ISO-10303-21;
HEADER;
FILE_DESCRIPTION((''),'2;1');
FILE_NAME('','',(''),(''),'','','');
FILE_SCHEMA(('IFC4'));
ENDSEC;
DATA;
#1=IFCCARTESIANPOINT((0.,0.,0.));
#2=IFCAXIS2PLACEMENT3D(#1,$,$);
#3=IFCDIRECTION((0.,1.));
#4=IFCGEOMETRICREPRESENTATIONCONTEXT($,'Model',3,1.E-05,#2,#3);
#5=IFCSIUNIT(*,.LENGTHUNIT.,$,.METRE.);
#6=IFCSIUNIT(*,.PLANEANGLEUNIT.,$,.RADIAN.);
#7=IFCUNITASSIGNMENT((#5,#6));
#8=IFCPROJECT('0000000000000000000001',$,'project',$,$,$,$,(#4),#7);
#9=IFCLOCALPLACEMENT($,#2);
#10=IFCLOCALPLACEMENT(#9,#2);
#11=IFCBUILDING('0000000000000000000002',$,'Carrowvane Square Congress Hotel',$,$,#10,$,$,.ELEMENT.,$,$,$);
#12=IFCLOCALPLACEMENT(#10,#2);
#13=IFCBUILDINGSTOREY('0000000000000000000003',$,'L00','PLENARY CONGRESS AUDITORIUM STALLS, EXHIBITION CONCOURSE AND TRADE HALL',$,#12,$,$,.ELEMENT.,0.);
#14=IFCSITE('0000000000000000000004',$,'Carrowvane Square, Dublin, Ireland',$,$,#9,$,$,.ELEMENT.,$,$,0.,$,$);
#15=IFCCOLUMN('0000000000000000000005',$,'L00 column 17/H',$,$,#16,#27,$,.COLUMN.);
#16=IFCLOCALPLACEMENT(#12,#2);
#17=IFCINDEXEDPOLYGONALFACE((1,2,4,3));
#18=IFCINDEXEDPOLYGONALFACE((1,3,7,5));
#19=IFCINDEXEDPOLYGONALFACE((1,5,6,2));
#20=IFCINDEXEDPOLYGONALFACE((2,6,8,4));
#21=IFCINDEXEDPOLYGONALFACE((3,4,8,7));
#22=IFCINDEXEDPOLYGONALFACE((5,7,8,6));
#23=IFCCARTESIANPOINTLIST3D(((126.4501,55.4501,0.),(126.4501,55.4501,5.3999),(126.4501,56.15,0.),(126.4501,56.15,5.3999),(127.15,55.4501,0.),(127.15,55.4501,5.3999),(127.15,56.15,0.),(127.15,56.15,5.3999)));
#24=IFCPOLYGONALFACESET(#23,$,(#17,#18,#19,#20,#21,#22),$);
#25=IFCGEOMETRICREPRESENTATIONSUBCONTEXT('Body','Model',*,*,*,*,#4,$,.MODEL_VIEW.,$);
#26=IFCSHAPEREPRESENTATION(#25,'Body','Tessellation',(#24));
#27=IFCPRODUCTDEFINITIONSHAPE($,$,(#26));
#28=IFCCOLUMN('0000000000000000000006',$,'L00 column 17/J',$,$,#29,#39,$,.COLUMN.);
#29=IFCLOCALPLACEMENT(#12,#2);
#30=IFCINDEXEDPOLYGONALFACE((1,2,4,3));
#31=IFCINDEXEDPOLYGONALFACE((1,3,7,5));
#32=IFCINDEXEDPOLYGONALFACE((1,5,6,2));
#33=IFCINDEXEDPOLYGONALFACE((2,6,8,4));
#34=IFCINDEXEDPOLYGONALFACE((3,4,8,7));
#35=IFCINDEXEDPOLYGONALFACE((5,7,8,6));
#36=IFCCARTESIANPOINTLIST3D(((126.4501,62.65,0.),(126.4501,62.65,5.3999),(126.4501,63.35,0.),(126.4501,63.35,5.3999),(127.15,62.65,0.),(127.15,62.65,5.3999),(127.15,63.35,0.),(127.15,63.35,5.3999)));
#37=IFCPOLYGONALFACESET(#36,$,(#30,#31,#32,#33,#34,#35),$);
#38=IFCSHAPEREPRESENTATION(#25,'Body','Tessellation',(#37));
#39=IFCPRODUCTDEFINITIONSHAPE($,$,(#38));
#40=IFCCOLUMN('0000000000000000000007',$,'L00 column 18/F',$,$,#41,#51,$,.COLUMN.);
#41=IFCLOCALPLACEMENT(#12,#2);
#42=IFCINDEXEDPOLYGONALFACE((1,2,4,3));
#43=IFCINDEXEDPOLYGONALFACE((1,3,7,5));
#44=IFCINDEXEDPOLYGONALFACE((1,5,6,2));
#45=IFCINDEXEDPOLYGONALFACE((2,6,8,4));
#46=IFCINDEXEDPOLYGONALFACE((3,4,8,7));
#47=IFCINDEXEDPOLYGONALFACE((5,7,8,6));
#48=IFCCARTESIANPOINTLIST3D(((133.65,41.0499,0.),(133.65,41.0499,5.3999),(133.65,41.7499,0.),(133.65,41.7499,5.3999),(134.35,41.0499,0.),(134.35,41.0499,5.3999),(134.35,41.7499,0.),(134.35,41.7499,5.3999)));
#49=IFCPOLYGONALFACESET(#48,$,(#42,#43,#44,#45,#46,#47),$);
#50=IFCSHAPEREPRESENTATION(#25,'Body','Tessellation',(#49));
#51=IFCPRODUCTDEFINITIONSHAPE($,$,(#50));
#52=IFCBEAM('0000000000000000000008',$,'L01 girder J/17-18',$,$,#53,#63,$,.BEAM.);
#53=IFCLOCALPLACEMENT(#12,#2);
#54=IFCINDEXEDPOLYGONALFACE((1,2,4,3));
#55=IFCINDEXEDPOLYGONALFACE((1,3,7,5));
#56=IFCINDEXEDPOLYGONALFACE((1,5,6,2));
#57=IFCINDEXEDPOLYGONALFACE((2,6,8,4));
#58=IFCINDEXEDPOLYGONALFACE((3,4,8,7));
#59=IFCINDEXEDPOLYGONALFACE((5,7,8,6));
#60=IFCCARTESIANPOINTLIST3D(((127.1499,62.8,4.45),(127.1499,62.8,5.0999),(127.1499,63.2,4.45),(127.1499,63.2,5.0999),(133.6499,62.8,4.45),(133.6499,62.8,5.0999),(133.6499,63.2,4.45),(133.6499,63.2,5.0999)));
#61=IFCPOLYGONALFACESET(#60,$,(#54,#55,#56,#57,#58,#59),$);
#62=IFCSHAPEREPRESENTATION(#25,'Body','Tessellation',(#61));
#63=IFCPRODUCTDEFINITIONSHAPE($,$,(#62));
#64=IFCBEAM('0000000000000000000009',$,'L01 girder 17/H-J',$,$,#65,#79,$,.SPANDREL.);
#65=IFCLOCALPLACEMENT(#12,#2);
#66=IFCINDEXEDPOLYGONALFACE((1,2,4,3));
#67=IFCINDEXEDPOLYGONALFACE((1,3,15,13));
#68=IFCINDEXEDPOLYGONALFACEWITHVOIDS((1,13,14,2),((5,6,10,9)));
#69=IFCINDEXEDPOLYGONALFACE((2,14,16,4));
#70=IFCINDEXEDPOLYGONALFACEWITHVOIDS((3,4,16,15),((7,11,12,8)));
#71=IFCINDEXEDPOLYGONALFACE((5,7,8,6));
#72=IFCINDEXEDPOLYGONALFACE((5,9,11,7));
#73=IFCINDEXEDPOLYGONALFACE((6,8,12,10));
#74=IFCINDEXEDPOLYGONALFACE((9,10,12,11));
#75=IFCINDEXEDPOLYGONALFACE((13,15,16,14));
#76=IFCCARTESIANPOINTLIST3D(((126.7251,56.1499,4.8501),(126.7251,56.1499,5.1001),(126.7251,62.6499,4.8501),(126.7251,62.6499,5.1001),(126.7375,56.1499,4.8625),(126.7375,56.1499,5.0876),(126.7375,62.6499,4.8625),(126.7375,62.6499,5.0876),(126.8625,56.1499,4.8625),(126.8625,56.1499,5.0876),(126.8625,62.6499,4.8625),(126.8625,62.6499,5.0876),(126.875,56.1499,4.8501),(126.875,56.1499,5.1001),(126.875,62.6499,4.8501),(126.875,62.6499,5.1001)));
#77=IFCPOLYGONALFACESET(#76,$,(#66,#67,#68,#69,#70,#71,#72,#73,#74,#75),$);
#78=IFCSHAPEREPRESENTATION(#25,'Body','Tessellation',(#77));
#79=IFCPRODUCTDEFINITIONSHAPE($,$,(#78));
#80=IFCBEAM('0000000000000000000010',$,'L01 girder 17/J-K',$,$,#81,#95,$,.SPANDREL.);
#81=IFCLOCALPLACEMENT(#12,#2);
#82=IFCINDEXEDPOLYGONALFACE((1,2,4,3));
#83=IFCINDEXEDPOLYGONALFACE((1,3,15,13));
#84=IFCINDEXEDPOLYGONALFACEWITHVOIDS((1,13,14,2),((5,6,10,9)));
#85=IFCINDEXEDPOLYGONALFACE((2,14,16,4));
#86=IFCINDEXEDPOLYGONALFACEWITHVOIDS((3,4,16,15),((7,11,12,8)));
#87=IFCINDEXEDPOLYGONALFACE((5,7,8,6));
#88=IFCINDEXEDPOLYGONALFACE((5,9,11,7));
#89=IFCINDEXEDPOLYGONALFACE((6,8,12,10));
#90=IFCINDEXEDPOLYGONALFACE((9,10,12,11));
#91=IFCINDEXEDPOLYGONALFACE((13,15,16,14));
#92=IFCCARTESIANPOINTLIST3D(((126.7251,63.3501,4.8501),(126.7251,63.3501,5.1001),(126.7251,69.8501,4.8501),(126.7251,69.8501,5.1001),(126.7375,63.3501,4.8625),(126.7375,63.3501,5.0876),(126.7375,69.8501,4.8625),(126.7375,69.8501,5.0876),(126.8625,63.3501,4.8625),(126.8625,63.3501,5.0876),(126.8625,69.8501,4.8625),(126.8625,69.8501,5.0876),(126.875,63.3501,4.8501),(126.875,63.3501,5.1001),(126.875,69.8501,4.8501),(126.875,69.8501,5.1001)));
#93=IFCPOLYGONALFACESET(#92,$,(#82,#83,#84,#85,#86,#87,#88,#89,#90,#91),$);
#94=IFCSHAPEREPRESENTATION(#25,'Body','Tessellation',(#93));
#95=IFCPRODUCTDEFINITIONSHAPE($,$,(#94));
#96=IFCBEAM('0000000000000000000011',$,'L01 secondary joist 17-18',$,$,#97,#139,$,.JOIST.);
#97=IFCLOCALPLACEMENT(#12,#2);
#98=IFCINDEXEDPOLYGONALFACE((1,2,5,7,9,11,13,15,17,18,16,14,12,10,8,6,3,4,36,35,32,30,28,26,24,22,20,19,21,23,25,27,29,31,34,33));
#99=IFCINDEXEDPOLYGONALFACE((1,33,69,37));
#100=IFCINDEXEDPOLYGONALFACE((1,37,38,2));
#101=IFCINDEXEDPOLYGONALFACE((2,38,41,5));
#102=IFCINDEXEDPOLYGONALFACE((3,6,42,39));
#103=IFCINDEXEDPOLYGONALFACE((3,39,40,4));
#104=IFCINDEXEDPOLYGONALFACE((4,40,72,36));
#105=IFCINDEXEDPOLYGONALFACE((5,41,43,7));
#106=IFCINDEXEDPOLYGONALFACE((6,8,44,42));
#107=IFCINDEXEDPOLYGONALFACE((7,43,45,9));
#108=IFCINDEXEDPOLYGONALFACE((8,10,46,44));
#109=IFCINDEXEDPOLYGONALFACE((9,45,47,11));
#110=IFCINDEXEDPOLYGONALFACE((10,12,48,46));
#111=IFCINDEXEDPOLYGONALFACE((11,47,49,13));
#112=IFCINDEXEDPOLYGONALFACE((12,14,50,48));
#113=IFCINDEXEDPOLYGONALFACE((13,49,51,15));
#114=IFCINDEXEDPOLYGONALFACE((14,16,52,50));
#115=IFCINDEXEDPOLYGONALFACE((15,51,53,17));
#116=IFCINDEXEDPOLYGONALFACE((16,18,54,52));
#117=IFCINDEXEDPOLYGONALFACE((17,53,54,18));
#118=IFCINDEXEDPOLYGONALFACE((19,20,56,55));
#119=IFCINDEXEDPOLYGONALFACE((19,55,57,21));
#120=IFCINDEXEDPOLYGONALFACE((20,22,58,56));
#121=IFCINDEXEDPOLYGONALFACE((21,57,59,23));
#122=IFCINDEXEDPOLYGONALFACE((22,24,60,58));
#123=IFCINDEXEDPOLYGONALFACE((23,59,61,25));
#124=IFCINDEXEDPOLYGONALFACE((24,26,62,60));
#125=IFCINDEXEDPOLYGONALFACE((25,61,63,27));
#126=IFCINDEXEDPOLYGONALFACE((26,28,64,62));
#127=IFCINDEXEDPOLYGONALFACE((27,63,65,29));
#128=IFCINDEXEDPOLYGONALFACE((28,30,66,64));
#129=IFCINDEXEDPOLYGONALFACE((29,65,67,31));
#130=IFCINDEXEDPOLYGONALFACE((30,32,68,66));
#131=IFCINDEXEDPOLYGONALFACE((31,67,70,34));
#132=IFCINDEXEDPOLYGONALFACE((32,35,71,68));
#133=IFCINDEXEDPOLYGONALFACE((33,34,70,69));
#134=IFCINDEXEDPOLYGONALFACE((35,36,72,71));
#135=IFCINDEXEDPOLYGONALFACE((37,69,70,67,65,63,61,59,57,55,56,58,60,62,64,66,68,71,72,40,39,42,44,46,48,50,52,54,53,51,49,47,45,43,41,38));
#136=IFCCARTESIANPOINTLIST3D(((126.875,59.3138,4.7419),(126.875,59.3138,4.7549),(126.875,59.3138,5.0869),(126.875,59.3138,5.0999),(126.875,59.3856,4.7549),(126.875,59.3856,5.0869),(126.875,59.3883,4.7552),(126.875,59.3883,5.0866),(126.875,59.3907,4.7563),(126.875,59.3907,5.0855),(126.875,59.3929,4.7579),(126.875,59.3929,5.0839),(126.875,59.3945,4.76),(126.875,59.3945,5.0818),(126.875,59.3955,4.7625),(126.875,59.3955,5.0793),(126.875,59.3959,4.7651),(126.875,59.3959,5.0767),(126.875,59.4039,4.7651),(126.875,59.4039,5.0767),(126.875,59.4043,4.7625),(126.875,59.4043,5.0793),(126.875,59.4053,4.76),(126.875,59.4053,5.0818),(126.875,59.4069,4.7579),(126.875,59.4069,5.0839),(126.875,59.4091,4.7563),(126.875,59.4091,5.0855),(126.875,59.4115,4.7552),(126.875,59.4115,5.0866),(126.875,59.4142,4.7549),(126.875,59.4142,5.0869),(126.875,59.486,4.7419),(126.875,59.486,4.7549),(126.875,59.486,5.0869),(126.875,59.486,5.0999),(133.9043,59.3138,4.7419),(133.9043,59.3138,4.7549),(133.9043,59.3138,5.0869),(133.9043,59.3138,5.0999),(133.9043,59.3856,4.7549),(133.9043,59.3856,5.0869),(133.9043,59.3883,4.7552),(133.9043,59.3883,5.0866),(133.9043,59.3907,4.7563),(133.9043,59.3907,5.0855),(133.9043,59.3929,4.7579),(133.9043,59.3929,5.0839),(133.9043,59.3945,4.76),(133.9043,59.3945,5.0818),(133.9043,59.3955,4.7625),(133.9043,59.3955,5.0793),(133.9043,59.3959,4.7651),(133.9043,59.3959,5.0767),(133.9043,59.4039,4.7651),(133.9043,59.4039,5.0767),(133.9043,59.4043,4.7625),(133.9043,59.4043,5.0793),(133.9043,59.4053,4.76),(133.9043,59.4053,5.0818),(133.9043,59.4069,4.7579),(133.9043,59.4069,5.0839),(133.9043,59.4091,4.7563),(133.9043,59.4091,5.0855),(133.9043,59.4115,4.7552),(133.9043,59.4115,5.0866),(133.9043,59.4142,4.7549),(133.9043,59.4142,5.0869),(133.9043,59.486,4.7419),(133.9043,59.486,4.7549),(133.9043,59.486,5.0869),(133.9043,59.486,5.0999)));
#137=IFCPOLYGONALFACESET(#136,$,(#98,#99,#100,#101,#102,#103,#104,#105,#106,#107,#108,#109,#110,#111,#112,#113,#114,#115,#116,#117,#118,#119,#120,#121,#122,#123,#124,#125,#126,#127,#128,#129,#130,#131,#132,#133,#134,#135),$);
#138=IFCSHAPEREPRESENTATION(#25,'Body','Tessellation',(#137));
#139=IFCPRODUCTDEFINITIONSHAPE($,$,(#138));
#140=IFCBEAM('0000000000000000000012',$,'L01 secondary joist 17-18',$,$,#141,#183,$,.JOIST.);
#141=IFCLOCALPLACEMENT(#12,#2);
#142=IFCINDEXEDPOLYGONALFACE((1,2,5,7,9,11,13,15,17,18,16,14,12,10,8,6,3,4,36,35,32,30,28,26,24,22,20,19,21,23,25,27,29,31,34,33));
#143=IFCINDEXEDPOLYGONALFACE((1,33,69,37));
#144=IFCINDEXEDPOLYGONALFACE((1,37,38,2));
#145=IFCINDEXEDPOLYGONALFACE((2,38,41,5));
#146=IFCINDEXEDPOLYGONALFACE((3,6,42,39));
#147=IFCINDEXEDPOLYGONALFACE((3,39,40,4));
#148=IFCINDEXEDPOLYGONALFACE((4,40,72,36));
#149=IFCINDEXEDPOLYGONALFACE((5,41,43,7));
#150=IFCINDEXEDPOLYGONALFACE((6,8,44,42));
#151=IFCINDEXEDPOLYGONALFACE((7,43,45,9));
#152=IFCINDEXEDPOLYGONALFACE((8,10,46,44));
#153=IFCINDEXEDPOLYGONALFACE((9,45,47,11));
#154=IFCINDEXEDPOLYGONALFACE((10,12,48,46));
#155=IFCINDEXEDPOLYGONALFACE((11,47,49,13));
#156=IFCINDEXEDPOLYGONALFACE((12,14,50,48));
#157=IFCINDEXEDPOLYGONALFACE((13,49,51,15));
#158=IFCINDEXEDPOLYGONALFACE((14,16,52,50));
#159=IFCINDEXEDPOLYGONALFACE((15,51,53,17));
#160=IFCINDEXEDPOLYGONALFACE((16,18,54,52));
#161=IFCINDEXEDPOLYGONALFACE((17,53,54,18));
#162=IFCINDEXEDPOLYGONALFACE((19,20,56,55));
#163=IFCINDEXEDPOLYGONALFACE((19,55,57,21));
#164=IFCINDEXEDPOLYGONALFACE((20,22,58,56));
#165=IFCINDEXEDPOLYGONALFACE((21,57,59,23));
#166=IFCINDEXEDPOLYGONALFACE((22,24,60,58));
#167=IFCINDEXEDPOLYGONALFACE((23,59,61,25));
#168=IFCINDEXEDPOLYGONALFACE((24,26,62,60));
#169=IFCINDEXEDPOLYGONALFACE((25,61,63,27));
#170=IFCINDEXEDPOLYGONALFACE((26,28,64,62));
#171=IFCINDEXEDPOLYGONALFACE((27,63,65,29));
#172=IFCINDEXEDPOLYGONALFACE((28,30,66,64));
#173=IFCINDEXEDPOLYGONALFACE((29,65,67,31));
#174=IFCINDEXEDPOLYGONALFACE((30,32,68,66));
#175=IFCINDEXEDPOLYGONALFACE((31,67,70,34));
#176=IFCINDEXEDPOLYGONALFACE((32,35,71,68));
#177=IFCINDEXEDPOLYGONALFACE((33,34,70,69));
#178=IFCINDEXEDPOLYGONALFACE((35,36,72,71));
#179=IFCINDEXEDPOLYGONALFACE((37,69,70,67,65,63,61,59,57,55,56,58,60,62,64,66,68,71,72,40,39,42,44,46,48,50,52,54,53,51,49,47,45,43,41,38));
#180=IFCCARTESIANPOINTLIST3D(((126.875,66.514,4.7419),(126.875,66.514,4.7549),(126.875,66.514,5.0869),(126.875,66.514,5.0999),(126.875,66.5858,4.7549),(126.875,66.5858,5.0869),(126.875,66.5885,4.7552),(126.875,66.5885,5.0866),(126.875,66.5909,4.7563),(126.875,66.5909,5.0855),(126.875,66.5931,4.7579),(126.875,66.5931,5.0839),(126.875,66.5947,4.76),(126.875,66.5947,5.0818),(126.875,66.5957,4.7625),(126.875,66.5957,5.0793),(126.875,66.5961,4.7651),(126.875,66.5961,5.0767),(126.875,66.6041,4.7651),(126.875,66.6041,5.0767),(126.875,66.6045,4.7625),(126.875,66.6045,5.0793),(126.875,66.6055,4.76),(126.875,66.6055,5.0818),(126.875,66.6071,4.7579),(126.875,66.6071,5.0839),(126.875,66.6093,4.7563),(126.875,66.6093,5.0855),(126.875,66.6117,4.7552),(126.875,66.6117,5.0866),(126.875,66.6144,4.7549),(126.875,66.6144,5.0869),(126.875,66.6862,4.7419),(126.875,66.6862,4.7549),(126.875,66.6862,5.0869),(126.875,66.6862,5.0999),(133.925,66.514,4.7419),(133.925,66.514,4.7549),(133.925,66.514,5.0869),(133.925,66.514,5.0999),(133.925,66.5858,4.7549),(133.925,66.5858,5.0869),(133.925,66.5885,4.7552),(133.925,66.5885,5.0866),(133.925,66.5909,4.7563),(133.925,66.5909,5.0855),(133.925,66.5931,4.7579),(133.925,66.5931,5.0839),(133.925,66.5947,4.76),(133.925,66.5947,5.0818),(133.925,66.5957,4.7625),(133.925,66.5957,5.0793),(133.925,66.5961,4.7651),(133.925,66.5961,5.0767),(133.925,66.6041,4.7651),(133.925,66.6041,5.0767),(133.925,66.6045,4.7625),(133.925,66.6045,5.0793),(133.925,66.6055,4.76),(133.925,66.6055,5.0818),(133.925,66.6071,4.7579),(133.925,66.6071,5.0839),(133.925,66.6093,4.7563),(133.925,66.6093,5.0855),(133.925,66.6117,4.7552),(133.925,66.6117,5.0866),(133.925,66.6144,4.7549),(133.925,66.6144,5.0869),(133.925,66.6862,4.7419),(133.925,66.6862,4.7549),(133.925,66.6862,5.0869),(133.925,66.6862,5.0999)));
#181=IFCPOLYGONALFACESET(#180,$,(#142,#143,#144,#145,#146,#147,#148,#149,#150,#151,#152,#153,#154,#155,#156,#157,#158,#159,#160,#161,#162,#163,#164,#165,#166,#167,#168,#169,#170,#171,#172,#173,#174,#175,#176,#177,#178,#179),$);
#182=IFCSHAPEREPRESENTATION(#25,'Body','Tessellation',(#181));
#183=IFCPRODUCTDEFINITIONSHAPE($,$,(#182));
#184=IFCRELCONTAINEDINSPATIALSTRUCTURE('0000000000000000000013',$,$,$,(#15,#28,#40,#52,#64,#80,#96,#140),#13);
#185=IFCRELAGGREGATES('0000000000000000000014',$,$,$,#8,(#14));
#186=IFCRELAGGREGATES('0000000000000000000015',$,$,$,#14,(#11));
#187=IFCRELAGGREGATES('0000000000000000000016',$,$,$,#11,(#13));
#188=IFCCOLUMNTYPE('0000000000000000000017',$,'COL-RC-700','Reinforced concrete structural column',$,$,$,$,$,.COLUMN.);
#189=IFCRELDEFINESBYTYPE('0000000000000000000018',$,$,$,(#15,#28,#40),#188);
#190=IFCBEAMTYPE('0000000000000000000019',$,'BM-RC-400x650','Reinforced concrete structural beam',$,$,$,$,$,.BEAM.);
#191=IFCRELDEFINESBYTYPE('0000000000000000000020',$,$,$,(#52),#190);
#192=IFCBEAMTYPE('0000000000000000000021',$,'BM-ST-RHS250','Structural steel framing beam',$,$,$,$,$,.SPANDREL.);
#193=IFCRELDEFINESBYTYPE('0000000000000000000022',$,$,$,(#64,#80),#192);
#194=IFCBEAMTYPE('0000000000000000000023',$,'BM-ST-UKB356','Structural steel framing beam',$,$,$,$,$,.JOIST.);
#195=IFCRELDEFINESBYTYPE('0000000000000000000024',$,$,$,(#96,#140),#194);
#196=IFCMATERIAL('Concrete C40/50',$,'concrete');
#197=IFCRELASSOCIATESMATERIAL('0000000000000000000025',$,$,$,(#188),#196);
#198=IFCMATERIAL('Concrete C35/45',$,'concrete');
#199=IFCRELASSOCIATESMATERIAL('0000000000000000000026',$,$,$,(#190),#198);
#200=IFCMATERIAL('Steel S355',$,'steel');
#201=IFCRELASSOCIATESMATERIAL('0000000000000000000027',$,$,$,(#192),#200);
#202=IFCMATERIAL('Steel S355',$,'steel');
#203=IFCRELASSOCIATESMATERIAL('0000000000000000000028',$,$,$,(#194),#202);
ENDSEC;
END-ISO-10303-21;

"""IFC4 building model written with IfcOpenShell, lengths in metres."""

from ifc_helpers import new_model, si_unit, direction, frame, origin, origin_2d, place, context, subcontext, project, spatial, rectangle, hollow_rectangle, i_section, extrude, material, material_profile, profile_set, type_object, element, save


model = new_model("IFC4")

# Units and contexts
model_context = context("Model", 3, precision=1e-05, world=origin(), true_north=direction((0.0, 1.0)))
body_context = subcontext(model_context, "Body", "Model", "MODEL_VIEW")
ifc_project = project(units=[si_unit("LENGTHUNIT", "METRE"), si_unit("PLANEANGLEUNIT", "RADIAN")], contexts=[model_context])

# Site, building, storey
site_placement = place(None, origin())
site = spatial("IfcSite", under=ifc_project, at=site_placement, Name="Carrowvane Square, Dublin, Ireland", CompositionType="ELEMENT", RefElevation=0.0)
building_placement = place(site_placement, origin())
building = spatial("IfcBuilding", under=site, at=building_placement, Name="Carrowvane Square Congress Hotel", CompositionType="ELEMENT")
storey_placement = place(building_placement, origin())
storey = spatial("IfcBuildingStorey", under=building, at=storey_placement, Name="L00", Description="PLENARY CONGRESS AUDITORIUM STALLS, EXHIBITION CONCOURSE AND TRADE HALL", CompositionType="ELEMENT", Elevation=0.0)

# Columns
ifc_material_1 = material(Name="Concrete C40/50", Category="concrete")
ifc_material_profile_1 = material_profile(ifc_material_1, rectangle(XDim=0.7, YDim=0.7, at=origin_2d()), Name="RC 700x700")
ifc_profile_set_1 = profile_set([ifc_material_profile_1], Name="Concrete C40/50")
column_type = type_object("IfcColumnType", Name="COL-RC-700", Description="Reinforced concrete structural column", PredefinedType="COLUMN", material=ifc_profile_set_1)
for number, where, z_axis, x_axis, name in (
    (1, (126.8, 55.8, 0.0), (0.0, 0.0, 1.0), (1.0, 0.0, 0.0), "L00 column 17/H"),
    (2, (126.8, 63.0, 0.0), (0.0, 0.0, 1.0), (1.0, 0.0, 0.0), "L00 column 17/J"),
    (3, (134.0, 41.3999, 0.0), (0.0, 0.0, 1.0), (1.0, 0.0, 0.0), "L00 column 18/F"),
):
    element("IfcColumn", number, at=place(storey_placement, frame(where, z_axis=z_axis, x_axis=x_axis)), inside=storey, type_object=column_type, Name=name, PredefinedType="COLUMN", context=body_context, shape_type="SweptSolid", body=[
        extrude(rectangle(XDim=0.7, YDim=0.7, at=origin_2d()), origin(), (0.0, 0.0, 1.0), 5.3999),
    ])

# Beams
ifc_material_2 = material(Name="Concrete C35/45", Category="concrete")
ifc_material_profile_2 = material_profile(ifc_material_2, rectangle(XDim=0.3999, YDim=0.6499, at=origin_2d()), Name="RC 400x650")
ifc_profile_set_2 = profile_set([ifc_material_profile_2], Name="Concrete C35/45")
beam_type_1 = type_object("IfcBeamType", Name="BM-RC-400x650", Description="Reinforced concrete structural beam", PredefinedType="BEAM", material=ifc_profile_set_2)
beam_1_placement = place(storey_placement, frame((127.1499, 63.0, 4.7749), z_axis=(1.0, 0.0, 0.0), x_axis=(0.0, 1.0, 0.0)))
element("IfcBeam", 4, at=beam_1_placement, inside=storey, type_object=beam_type_1, Name="L01 girder J/17-18", PredefinedType="BEAM", context=body_context, shape_type="SweptSolid", body=[
    extrude(rectangle(XDim=0.3999, YDim=0.6499, at=origin_2d()), origin(), (0.0, 0.0, 1.0), 6.5),
])
ifc_material_3 = material(Name="Steel S355", Category="steel")
ifc_material_profile_3 = material_profile(ifc_material_3, hollow_rectangle(XDim=0.1499, YDim=0.25, WallThickness=0.0125, at=origin_2d()), Name="RHS 250x150x12.5")
ifc_profile_set_3 = profile_set([ifc_material_profile_3], Name="Steel S355")
beam_type_2 = type_object("IfcBeamType", Name="BM-ST-RHS250", Description="Structural steel framing beam", PredefinedType="SPANDREL", material=ifc_profile_set_3)
for number, where, z_axis, x_axis, name in (
    (5, (126.8, 56.1499, 4.9751), (0.0, 1.0, 0.0), (-1.0, 0.0, 0.0), "L01 girder 17/H-J"),
    (6, (126.8, 63.3501, 4.9751), (0.0, 1.0, 0.0), (-1.0, 0.0, 0.0), "L01 girder 17/J-K"),
):
    element("IfcBeam", number, at=place(storey_placement, frame(where, z_axis=z_axis, x_axis=x_axis)), inside=storey, type_object=beam_type_2, Name=name, PredefinedType="SPANDREL", context=body_context, shape_type="SweptSolid", body=[
        extrude(hollow_rectangle(XDim=0.1499, YDim=0.25, WallThickness=0.0125, at=origin_2d()), origin(), (0.0, 0.0, 1.0), 6.5),
    ])
ifc_material_4 = material(Name="Steel S355", Category="steel")
ifc_material_profile_4 = material_profile(ifc_material_4, i_section(OverallWidth=0.1721, OverallDepth=0.3579, WebThickness=0.0081, FlangeThickness=0.0129, FilletRadius=0.0103, at=origin_2d()), Name="UKB 356x171x57")
ifc_profile_set_4 = profile_set([ifc_material_profile_4], Name="Steel S355")
beam_type_3 = type_object("IfcBeamType", Name="BM-ST-UKB356", Description="Structural steel framing beam", PredefinedType="JOIST", material=ifc_profile_set_4)
beam_2_placement = place(storey_placement, frame((126.875, 59.3999, 4.9209), z_axis=(1.0, 0.0, 0.0), x_axis=(0.0, 1.0, 0.0)))
element("IfcBeam", 7, at=beam_2_placement, inside=storey, type_object=beam_type_3, Name="L01 secondary joist 17-18", PredefinedType="JOIST", context=body_context, shape_type="SweptSolid", body=[
    extrude(i_section(OverallWidth=0.1721, OverallDepth=0.3579, WebThickness=0.0081, FlangeThickness=0.0129, FilletRadius=0.0103, at=origin_2d()), origin(), (0.0, 0.0, 1.0), 7.0293),
])
beam_3_placement = place(storey_placement, frame((126.875, 66.6001, 4.9209), z_axis=(1.0, 0.0, 0.0), x_axis=(0.0, 1.0, 0.0)))
element("IfcBeam", 8, at=beam_3_placement, inside=storey, type_object=beam_type_3, Name="L01 secondary joist 17-18", PredefinedType="JOIST", context=body_context, shape_type="SweptSolid", body=[
    extrude(i_section(OverallWidth=0.1721, OverallDepth=0.3579, WebThickness=0.0081, FlangeThickness=0.0129, FilletRadius=0.0103, at=origin_2d()), origin(), (0.0, 0.0, 1.0), 7.05),
])

save(model, "model.ifc")
